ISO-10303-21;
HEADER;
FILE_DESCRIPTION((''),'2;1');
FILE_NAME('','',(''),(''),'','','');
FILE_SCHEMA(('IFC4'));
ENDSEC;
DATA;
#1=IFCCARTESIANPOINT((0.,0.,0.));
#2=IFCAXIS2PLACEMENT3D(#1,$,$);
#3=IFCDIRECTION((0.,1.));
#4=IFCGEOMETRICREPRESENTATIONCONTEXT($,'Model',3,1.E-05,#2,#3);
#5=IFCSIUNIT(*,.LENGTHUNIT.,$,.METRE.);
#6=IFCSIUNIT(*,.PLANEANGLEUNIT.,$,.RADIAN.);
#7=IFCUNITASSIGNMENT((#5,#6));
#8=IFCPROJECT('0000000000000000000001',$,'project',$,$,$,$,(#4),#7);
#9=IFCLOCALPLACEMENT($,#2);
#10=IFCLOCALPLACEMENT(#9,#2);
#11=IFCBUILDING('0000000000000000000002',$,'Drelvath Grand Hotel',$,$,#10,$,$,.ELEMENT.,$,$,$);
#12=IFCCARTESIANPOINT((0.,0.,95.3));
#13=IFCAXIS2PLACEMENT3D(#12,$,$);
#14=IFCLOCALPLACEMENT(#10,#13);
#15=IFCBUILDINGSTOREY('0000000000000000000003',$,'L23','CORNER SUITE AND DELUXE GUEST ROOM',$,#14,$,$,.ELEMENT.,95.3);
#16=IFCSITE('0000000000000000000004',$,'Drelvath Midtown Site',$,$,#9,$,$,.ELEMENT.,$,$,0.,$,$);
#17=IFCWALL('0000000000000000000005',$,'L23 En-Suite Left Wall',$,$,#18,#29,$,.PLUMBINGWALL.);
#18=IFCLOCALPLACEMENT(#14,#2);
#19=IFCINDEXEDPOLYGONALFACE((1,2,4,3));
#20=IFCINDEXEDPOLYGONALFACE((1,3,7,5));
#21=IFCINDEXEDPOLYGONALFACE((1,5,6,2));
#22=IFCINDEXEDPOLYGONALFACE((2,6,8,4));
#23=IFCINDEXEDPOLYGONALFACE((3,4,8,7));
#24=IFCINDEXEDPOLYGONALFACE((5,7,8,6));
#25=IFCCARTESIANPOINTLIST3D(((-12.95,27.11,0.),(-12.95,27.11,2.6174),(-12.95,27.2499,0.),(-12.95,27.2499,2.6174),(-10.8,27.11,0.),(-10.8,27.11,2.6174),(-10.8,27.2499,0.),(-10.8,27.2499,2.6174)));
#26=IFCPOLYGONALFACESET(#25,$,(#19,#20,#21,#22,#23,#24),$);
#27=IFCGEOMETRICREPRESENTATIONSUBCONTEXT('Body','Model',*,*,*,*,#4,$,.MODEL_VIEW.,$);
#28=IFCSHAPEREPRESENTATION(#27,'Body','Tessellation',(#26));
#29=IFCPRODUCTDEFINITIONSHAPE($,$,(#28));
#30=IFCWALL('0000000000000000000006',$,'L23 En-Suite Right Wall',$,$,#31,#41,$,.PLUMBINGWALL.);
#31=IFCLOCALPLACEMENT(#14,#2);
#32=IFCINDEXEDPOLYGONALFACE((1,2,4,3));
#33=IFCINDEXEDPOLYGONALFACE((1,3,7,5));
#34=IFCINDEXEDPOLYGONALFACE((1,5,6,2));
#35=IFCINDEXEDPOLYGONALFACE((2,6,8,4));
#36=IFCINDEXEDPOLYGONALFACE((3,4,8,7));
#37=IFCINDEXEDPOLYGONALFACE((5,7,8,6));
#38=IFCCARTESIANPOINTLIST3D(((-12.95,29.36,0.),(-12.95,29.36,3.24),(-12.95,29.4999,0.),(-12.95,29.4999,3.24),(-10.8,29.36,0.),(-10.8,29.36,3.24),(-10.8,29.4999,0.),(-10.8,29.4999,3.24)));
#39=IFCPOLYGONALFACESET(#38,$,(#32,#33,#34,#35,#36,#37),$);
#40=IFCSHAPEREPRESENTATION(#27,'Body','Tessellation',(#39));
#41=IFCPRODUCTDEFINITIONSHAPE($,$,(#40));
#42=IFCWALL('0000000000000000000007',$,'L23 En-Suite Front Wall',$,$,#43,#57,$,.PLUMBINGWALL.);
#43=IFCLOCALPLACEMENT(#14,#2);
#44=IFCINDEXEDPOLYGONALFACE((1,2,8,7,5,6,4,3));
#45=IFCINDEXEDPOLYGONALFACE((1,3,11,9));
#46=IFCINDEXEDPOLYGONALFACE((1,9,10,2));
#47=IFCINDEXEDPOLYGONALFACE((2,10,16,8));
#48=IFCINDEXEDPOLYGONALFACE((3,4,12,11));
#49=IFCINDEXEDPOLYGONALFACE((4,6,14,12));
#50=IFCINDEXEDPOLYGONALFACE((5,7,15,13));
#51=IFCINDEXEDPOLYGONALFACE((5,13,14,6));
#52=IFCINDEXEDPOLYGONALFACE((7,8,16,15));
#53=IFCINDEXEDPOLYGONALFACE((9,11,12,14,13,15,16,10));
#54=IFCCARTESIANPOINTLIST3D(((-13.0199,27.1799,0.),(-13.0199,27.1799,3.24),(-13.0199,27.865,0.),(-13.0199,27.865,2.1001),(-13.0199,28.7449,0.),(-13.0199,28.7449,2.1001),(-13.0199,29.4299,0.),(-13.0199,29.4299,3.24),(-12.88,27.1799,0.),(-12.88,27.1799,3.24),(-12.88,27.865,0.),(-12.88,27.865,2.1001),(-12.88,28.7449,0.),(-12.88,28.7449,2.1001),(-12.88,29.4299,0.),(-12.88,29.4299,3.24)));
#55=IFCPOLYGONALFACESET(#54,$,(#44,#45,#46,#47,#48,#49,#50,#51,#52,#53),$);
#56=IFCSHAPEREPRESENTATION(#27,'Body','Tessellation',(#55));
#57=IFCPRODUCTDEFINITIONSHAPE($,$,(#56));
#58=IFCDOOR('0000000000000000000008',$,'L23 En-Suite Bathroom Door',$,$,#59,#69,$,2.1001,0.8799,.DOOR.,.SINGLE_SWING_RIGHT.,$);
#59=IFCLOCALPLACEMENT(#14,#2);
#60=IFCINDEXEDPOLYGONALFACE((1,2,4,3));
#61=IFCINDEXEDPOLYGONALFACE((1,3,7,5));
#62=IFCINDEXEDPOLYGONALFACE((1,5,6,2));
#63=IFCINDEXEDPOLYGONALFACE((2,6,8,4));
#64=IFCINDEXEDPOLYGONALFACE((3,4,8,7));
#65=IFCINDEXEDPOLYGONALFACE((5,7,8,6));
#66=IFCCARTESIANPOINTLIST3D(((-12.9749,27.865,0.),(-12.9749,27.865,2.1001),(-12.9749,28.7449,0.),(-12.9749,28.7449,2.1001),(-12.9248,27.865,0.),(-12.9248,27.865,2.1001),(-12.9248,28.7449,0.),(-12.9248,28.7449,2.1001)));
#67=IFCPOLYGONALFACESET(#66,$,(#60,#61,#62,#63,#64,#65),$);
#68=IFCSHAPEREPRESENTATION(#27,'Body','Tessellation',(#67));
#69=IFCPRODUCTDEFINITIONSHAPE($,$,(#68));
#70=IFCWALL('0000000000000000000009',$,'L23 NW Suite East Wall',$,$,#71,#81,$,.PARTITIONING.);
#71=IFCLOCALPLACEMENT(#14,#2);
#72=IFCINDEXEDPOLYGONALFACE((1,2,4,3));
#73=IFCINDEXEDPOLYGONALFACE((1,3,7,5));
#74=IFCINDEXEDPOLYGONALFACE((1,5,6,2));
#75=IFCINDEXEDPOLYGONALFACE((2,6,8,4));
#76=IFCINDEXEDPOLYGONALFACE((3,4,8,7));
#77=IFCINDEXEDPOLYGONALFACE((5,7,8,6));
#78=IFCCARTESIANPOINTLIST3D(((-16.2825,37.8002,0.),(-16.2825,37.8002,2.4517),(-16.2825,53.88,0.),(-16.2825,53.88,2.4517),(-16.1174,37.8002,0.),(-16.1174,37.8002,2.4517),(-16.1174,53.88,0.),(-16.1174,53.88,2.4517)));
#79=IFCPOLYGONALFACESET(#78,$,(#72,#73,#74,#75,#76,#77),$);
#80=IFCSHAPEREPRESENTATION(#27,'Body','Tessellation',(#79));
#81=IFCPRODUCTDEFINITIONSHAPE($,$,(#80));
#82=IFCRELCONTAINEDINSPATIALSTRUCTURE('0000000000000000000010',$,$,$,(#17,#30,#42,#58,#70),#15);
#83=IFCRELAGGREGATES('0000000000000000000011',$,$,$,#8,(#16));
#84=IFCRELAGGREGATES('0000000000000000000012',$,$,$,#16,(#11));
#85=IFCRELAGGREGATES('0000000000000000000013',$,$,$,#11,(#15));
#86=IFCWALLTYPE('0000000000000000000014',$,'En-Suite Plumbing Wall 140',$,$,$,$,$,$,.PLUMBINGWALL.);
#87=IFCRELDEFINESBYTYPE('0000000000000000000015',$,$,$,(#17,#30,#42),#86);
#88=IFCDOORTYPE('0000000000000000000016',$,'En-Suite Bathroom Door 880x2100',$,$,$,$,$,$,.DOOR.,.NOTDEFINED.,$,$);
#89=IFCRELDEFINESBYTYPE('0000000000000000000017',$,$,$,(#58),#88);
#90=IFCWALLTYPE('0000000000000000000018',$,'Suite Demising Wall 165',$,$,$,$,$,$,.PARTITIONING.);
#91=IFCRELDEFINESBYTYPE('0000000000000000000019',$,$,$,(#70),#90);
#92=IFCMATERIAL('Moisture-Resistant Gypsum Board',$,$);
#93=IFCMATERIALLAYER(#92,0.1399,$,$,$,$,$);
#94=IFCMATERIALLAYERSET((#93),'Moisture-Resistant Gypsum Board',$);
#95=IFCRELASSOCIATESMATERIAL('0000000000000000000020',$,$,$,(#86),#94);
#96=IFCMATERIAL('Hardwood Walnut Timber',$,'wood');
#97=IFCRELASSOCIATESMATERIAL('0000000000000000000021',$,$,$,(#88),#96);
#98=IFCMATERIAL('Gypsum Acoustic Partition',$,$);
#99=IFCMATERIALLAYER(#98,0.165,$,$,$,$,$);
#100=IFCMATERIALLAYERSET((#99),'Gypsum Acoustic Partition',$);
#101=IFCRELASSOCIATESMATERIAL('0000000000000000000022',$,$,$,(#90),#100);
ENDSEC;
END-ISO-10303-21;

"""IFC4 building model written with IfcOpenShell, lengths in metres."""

from ifc_helpers import new_model, si_unit, direction, frame, frame_2d, origin, place, context, subcontext, project, spatial, rectangle, extrude, material, layer, layer_set, type_object, element, fill, save


model = new_model("IFC4")

# Units and contexts
model_context = context("Model", 3, precision=1e-05, world=origin(), true_north=direction((0.0, 1.0)))
body_context = subcontext(model_context, "Body", "Model", "MODEL_VIEW")
ifc_project = project(units=[si_unit("LENGTHUNIT", "METRE"), si_unit("PLANEANGLEUNIT", "RADIAN")], contexts=[model_context])

# Site, building, storey
site_placement = place(None, origin())
site = spatial("IfcSite", under=ifc_project, at=site_placement, Name="Drelvath Midtown Site", CompositionType="ELEMENT", RefElevation=0.0)
building_placement = place(site_placement, origin())
building = spatial("IfcBuilding", under=site, at=building_placement, Name="Drelvath Grand Hotel", CompositionType="ELEMENT")
storey_placement = place(building_placement, frame((0.0, 0.0, 95.3)))
storey = spatial("IfcBuildingStorey", under=building, at=storey_placement, Name="L23", Description="CORNER SUITE AND DELUXE GUEST ROOM", CompositionType="ELEMENT", Elevation=95.3)

# Shared definitions
ifc_material_1 = material(Name="Hardwood Walnut Timber", Category="wood")

# Shared definitions
ifc_material_2 = material(Name="Moisture-Resistant Gypsum Board")
ifc_layer_1 = layer(ifc_material_2, 0.1399)
ifc_layer_set_1 = layer_set([ifc_layer_1], Name="Moisture-Resistant Gypsum Board")
wall_type_1 = type_object("IfcWallType", Name="En-Suite Plumbing Wall 140", PredefinedType="PLUMBINGWALL", material=ifc_layer_set_1)
door_type_1 = type_object("IfcDoorType", Name="En-Suite Bathroom Door 880x2100", OperationType="NOTDEFINED", PredefinedType="DOOR", material=ifc_material_1)

# Walls
wall_1_placement = place(storey_placement, frame((-10.8, 27.1799, 0.0), z_axis=(0.0, 0.0, 1.0), x_axis=(-1.0, 0.0, 0.0)))
element("IfcWall", 1, at=wall_1_placement, inside=storey, type_object=wall_type_1, Name="L23 En-Suite Left Wall", PredefinedType="PLUMBINGWALL", context=body_context, shape_type="SweptSolid", body=[
    extrude(rectangle(XDim=2.1499, YDim=0.1399, at=frame_2d((1.075, 0.0))), origin(), (0.0, 0.0, 1.0), 2.6174),
])
wall_2_placement = place(storey_placement, frame((-10.8, 29.4299, 0.0), z_axis=(0.0, 0.0, 1.0), x_axis=(-1.0, 0.0, 0.0)))
element("IfcWall", 2, at=wall_2_placement, inside=storey, type_object=wall_type_1, Name="L23 En-Suite Right Wall", PredefinedType="PLUMBINGWALL", context=body_context, shape_type="SweptSolid", body=[
    extrude(rectangle(XDim=2.1499, YDim=0.1399, at=frame_2d((1.075, 0.0))), origin(), (0.0, 0.0, 1.0), 3.24),
])

# Wall, opening, door
wall_3_placement = place(storey_placement, frame((-12.95, 27.1799, 0.0), z_axis=(0.0, 0.0, 1.0), x_axis=(0.0, 1.0, 0.0)))
wall_3 = element("IfcWall", 3, at=wall_3_placement, inside=storey, type_object=wall_type_1, Name="L23 En-Suite Front Wall", PredefinedType="PLUMBINGWALL", context=body_context, shape_type="SweptSolid", body=[
    extrude(rectangle(XDim=2.25, YDim=0.1399, at=frame_2d((1.125, 0.0))), origin(), (0.0, 0.0, 1.0), 3.24),
])
opening_1_placement = place(wall_3_placement, frame((0.6851, 0.0, 0.0)))
opening_1 = element("IfcOpeningElement", 4, at=opening_1_placement, cuts=wall_3, PredefinedType="OPENING", context=body_context, shape_type="SweptSolid", body=[
    extrude(rectangle(XDim=0.8799, YDim=2.1001, at=frame_2d((0.4399, 1.05))), frame((0.0, 0.0798, 0.0), z_axis=(0.0, -1.0, 0.0), x_axis=(1.0, 0.0, 0.0)), (0.0, 0.0, 1.0), 0.1599),
])
door_1_placement = place(opening_1_placement, origin())
door_1 = element("IfcDoor", 5, at=door_1_placement, inside=storey, type_object=door_type_1, Name="L23 En-Suite Bathroom Door", OperationType="SINGLE_SWING_RIGHT", OverallHeight=2.1001, OverallWidth=0.8799, PredefinedType="DOOR", context=body_context, shape_type="SweptSolid", body=[
    extrude(rectangle(XDim=0.8799, YDim=2.1001, at=frame_2d((0.4399, 1.05))), frame((0.0, 0.0249, 0.0), z_axis=(0.0, -1.0, 0.0), x_axis=(1.0, 0.0, 0.0)), (0.0, 0.0, 1.0), 0.05),
])
fill(opening_1, door_1)

# Wall
ifc_material_3 = material(Name="Gypsum Acoustic Partition")
ifc_layer_2 = layer(ifc_material_3, 0.165)
ifc_layer_set_2 = layer_set([ifc_layer_2], Name="Gypsum Acoustic Partition")
wall_type_2 = type_object("IfcWallType", Name="Suite Demising Wall 165", PredefinedType="PARTITIONING", material=ifc_layer_set_2)
wall_4_placement = place(storey_placement, frame((-16.2, 37.8, 0.0), z_axis=(0.0, 0.0, 1.0), x_axis=(0.0, 1.0, 0.0)))
element("IfcWall", 6, at=wall_4_placement, inside=storey, type_object=wall_type_2, Name="L23 NW Suite East Wall", PredefinedType="PARTITIONING", context=body_context, shape_type="SweptSolid", body=[
    extrude(rectangle(XDim=16.0798, YDim=0.165, at=frame_2d((8.04, 0.0))), origin(), (0.0, 0.0, 1.0), 2.4517),
])

save(model, "model.ifc")
